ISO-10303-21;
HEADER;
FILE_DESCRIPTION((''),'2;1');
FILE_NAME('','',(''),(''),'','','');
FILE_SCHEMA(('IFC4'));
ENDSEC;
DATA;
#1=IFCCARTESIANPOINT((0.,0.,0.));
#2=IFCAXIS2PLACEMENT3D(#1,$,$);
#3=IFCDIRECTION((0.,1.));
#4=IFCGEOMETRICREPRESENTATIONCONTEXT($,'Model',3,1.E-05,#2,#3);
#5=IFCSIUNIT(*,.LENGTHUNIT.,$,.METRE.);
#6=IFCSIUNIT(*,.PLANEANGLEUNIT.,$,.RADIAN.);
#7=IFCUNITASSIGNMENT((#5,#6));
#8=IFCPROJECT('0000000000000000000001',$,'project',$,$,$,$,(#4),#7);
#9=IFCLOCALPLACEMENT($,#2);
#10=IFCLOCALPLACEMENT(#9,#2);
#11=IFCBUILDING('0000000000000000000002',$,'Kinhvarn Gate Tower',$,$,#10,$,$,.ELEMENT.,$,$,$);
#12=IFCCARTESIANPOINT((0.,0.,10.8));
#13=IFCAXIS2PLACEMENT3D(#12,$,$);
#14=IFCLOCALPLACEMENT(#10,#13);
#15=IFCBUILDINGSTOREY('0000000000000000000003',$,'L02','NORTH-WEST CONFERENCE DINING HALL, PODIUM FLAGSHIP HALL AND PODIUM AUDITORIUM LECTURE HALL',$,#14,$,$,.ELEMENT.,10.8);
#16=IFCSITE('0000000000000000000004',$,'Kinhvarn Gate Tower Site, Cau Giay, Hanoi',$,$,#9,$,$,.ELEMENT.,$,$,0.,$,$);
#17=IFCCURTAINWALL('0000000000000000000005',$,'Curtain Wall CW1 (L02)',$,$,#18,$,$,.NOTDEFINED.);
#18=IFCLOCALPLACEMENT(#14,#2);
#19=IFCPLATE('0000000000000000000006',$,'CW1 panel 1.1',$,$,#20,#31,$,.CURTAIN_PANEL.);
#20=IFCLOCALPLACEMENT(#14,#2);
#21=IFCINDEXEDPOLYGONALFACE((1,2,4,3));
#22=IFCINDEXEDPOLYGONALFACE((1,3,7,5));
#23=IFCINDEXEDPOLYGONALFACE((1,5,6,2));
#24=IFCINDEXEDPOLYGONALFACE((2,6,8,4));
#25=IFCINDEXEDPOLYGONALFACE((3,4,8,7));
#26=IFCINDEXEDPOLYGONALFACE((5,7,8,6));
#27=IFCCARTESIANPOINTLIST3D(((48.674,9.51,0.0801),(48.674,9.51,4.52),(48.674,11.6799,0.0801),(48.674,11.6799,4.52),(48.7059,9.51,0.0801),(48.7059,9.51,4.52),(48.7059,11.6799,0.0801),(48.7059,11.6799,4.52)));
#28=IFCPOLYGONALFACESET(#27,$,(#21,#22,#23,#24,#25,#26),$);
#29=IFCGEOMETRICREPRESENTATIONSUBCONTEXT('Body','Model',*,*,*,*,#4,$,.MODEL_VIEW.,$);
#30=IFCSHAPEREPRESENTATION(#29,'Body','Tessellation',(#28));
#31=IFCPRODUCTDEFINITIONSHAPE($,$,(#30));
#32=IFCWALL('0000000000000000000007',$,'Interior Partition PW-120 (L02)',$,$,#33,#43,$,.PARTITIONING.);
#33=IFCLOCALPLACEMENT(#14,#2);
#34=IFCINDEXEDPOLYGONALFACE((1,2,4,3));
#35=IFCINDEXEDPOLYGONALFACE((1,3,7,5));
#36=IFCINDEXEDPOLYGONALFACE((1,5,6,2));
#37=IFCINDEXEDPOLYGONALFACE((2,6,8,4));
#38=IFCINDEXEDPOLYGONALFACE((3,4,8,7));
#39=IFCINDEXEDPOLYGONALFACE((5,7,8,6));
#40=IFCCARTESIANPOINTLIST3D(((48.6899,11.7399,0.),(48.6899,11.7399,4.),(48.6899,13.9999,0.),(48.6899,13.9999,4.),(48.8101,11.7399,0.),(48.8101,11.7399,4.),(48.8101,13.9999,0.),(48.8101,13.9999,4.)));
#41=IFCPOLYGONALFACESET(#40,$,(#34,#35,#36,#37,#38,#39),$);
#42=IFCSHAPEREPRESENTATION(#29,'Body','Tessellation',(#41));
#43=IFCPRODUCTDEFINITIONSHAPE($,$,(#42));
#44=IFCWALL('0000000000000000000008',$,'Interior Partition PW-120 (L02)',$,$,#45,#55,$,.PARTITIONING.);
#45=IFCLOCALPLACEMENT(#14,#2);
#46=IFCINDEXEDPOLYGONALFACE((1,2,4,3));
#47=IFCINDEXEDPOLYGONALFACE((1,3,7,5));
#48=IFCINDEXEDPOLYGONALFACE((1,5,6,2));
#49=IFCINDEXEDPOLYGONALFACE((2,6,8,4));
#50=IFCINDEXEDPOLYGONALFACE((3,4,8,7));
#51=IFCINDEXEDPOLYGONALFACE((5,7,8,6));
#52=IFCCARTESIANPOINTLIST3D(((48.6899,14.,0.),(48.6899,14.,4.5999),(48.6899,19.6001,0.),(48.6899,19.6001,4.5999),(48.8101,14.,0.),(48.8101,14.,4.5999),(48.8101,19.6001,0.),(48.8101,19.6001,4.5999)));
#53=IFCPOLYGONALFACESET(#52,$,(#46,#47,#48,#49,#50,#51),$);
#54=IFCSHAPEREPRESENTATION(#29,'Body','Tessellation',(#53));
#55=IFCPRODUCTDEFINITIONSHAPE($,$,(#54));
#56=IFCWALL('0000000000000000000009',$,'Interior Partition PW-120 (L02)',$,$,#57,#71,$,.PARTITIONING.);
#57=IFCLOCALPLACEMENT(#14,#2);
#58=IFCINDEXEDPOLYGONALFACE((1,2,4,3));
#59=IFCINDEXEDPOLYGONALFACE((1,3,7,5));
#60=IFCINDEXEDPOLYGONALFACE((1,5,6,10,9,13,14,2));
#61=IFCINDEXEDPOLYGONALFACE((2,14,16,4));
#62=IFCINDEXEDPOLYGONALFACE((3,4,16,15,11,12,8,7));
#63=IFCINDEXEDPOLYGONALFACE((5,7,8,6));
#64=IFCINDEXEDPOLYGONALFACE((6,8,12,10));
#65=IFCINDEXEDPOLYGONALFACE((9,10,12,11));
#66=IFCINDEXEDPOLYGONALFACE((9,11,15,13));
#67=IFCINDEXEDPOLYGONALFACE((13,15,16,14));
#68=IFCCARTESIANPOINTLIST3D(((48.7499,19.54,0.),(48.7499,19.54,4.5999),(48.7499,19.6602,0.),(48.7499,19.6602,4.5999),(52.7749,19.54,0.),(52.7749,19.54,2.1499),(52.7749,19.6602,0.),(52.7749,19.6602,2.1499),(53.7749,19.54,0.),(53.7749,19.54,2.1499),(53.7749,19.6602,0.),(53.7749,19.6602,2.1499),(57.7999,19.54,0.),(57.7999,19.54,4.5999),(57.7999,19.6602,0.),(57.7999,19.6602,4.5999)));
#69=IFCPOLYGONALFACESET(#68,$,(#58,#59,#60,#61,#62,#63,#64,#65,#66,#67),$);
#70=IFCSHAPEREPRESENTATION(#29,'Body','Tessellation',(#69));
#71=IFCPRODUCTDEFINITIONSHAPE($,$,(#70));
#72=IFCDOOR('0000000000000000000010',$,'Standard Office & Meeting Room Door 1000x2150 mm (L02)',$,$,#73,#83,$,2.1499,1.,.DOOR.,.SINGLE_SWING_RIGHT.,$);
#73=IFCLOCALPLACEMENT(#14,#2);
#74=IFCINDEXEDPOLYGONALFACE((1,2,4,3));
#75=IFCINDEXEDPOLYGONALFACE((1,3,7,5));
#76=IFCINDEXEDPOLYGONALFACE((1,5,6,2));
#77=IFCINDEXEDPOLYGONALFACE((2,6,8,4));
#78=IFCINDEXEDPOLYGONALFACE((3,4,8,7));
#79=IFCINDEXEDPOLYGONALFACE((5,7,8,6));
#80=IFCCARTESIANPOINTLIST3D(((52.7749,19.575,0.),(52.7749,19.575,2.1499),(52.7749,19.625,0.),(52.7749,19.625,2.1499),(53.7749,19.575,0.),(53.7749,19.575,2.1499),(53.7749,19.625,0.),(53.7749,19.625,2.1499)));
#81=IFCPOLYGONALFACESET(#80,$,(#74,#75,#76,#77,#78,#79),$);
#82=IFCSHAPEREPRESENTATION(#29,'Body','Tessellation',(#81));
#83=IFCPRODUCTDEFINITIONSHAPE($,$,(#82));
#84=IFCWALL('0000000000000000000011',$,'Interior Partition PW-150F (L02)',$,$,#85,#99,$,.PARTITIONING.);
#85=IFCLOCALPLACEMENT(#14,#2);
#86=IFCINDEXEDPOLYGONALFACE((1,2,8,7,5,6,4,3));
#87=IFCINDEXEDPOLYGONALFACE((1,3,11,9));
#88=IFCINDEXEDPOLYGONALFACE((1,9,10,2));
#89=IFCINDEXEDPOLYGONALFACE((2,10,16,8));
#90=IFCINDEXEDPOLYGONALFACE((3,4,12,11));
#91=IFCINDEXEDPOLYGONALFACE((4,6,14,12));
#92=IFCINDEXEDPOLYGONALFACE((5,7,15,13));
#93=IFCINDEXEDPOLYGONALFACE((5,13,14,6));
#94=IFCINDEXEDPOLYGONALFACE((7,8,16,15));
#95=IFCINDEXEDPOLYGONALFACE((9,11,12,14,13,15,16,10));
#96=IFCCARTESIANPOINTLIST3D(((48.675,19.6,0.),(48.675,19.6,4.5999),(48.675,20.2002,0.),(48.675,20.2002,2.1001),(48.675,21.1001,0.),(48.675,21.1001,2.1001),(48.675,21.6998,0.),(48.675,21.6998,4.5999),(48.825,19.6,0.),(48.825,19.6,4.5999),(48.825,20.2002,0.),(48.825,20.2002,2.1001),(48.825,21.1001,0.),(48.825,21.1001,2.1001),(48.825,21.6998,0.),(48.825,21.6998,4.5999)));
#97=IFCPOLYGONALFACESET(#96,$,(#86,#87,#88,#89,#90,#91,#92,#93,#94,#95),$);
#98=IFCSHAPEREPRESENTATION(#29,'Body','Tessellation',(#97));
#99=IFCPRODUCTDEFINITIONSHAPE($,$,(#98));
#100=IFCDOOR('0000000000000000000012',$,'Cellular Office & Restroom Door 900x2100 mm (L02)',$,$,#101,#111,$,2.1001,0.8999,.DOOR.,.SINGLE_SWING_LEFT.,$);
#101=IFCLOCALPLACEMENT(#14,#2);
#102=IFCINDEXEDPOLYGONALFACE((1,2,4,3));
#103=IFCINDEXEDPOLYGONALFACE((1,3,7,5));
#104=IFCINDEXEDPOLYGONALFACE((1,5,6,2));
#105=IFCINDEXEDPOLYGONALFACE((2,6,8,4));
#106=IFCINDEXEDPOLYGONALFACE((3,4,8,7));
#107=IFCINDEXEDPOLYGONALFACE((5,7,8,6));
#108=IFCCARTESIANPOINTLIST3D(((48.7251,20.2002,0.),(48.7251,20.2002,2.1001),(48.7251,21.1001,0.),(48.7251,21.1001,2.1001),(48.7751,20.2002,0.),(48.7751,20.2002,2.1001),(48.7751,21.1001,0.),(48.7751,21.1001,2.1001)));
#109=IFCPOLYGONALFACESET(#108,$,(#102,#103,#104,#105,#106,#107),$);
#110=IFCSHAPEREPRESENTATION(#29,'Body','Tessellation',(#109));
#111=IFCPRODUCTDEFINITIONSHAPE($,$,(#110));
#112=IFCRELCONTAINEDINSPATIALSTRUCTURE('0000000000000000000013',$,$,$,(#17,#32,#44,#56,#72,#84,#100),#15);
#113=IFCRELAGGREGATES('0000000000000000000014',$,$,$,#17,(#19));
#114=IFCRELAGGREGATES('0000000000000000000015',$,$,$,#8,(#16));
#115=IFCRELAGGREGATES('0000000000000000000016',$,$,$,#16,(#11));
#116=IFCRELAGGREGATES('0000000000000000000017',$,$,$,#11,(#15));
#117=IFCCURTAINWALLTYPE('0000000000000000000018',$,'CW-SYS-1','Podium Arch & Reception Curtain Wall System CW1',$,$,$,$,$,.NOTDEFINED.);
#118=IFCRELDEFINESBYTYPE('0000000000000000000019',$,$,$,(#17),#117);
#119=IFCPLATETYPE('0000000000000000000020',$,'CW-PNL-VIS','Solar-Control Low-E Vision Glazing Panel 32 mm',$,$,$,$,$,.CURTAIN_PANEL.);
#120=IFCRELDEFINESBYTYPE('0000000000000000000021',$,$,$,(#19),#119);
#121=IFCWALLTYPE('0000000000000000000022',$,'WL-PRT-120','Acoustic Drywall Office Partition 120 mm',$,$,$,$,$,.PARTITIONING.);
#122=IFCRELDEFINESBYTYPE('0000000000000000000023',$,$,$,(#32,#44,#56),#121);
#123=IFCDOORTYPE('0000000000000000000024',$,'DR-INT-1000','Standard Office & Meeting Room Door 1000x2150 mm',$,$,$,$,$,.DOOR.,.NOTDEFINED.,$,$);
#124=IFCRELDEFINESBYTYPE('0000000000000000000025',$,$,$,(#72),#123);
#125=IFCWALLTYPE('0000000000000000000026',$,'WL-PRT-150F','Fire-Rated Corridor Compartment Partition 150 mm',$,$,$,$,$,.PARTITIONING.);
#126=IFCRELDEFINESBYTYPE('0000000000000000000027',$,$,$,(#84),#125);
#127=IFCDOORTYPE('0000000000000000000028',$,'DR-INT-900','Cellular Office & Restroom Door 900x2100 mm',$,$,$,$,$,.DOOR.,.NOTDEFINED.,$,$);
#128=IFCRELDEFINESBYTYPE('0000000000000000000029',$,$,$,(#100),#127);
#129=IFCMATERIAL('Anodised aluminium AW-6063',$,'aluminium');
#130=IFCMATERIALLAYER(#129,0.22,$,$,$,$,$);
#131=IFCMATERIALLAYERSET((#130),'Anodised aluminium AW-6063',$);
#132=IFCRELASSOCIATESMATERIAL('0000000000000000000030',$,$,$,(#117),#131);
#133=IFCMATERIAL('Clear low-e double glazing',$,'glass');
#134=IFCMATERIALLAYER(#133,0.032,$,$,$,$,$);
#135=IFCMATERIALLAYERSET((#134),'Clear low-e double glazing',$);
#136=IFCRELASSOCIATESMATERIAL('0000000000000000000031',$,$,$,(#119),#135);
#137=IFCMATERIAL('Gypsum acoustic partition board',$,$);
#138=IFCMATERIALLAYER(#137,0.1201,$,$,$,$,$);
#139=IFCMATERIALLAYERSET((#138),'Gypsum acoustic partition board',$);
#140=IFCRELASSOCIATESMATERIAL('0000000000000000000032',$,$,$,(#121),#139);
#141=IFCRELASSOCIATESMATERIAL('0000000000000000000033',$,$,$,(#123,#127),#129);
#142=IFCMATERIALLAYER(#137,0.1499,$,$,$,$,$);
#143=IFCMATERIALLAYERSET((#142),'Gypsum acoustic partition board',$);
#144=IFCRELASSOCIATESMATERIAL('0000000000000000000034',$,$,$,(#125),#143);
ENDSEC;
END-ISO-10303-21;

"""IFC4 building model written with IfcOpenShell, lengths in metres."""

from ifc_helpers import new_model, si_unit, direction, frame, frame_2d, origin, origin_2d, place, context, subcontext, project, spatial, rectangle, extrude, material, layer, layer_set, type_object, element, fill, aggregate, save


model = new_model("IFC4")

# Units and contexts
model_context = context("Model", 3, precision=1e-05, world=origin(), true_north=direction((0.0, 1.0)))
body_context = subcontext(model_context, "Body", "Model", "MODEL_VIEW")
ifc_project = project(units=[si_unit("LENGTHUNIT", "METRE"), si_unit("PLANEANGLEUNIT", "RADIAN")], contexts=[model_context])

# Site, building, storey
site_placement = place(None, origin())
site = spatial("IfcSite", under=ifc_project, at=site_placement, Name="Kinhvarn Gate Tower Site, Cau Giay, Hanoi", CompositionType="ELEMENT", RefElevation=0.0)
building_placement = place(site_placement, origin())
building = spatial("IfcBuilding", under=site, at=building_placement, Name="Kinhvarn Gate Tower", CompositionType="ELEMENT")
storey_placement = place(building_placement, frame((0.0, 0.0, 10.8)))
storey = spatial("IfcBuildingStorey", under=building, at=storey_placement, Name="L02", Description="NORTH-WEST CONFERENCE DINING HALL, PODIUM FLAGSHIP HALL AND PODIUM AUDITORIUM LECTURE HALL", CompositionType="ELEMENT", Elevation=10.8)

# Shared definitions
ifc_material_1 = material(Name="Anodised aluminium AW-6063", Category="aluminium")
ifc_layer_1 = layer(ifc_material_1, 0.22)
ifc_layer_set_1 = layer_set([ifc_layer_1], Name="Anodised aluminium AW-6063")
curtain_wall_type = type_object("IfcCurtainWallType", Name="CW-SYS-1", Description="Podium Arch & Reception Curtain Wall System CW1", PredefinedType="NOTDEFINED", material=ifc_layer_set_1)

# Curtain wall
curtain_wall_1_placement = place(storey_placement, origin())
curtain_wall_1 = element("IfcCurtainWall", 1, at=curtain_wall_1_placement, inside=storey, type_object=curtain_wall_type, Name="Curtain Wall CW1 (L02)", PredefinedType="NOTDEFINED")

# Plate
ifc_material_2 = material(Name="Clear low-e double glazing", Category="glass")
ifc_layer_2 = layer(ifc_material_2, 0.032)
ifc_layer_set_2 = layer_set([ifc_layer_2], Name="Clear low-e double glazing")
plate_type = type_object("IfcPlateType", Name="CW-PNL-VIS", Description="Solar-Control Low-E Vision Glazing Panel 32 mm", PredefinedType="CURTAIN_PANEL", material=ifc_layer_set_2)
plate_1_placement = place(storey_placement, frame((48.6899, 10.595, 0.0801), z_axis=(0.0, 0.0, 1.0), x_axis=(0.0, -1.0, 0.0)))
plate_1 = element("IfcPlate", 2, at=plate_1_placement, type_object=plate_type, Name="CW1 panel 1.1", PredefinedType="CURTAIN_PANEL", context=body_context, shape_type="SweptSolid", body=[
    extrude(rectangle(XDim=2.1699, YDim=0.032, at=origin_2d()), origin(), (0.0, 0.0, 1.0), 4.4399),
])
aggregate(curtain_wall_1, [plate_1])

# Walls
ifc_material_3 = material(Name="Gypsum acoustic partition board")
ifc_layer_3 = layer(ifc_material_3, 0.1201)
ifc_layer_set_3 = layer_set([ifc_layer_3], Name="Gypsum acoustic partition board")
wall_type_1 = type_object("IfcWallType", Name="WL-PRT-120", Description="Acoustic Drywall Office Partition 120 mm", PredefinedType="PARTITIONING", material=ifc_layer_set_3)
wall_1_placement = place(storey_placement, frame((48.75, 11.74, 0.0), z_axis=(0.0, 0.0, 1.0), x_axis=(0.0, 1.0, 0.0)))
element("IfcWall", 3, at=wall_1_placement, inside=storey, type_object=wall_type_1, Name="Interior Partition PW-120 (L02)", PredefinedType="PARTITIONING", context=body_context, shape_type="SweptSolid", body=[
    extrude(rectangle(XDim=2.26, YDim=0.1201, at=frame_2d((1.1299, 0.0))), origin(), (0.0, 0.0, 1.0), 4.0),
])
wall_2_placement = place(storey_placement, frame((48.75, 14.0, 0.0), z_axis=(0.0, 0.0, 1.0), x_axis=(0.0, 1.0, 0.0)))
element("IfcWall", 4, at=wall_2_placement, inside=storey, type_object=wall_type_1, Name="Interior Partition PW-120 (L02)", PredefinedType="PARTITIONING", context=body_context, shape_type="SweptSolid", body=[
    extrude(rectangle(XDim=5.6001, YDim=0.1201, at=frame_2d((2.8, 0.0))), origin(), (0.0, 0.0, 1.0), 4.5999),
])

# Walls, openings, doors
wall_3_placement = place(storey_placement, frame((48.75, 19.6001, 0.0), z_axis=(0.0, 0.0, 1.0), x_axis=(1.0, 0.0, 0.0)))
wall_3 = element("IfcWall", 5, at=wall_3_placement, inside=storey, type_object=wall_type_1, Name="Interior Partition PW-120 (L02)", PredefinedType="PARTITIONING", context=body_context, shape_type="SweptSolid", body=[
    extrude(rectangle(XDim=9.05, YDim=0.1201, at=frame_2d((4.5249, 0.0))), origin(), (0.0, 0.0, 1.0), 4.5999),
])
opening_1_placement = place(wall_3_placement, frame((4.0249, 0.0, 0.0)))
opening_1 = element("IfcOpeningElement", 6, at=opening_1_placement, cuts=wall_3, PredefinedType="OPENING", context=body_context, shape_type="SweptSolid", body=[
    extrude(rectangle(XDim=1.0, YDim=2.1499, at=frame_2d((0.5, 1.075))), frame((0.0, 0.0701, 0.0), z_axis=(0.0, -1.0, 0.0), x_axis=(1.0, 0.0, 0.0)), (0.0, 0.0, 1.0), 0.1401),
])
door_type_1 = type_object("IfcDoorType", Name="DR-INT-1000", Description="Standard Office & Meeting Room Door 1000x2150 mm", OperationType="NOTDEFINED", PredefinedType="DOOR", material=ifc_material_1)
door_1_placement = place(opening_1_placement, origin())
door_1 = element("IfcDoor", 7, at=door_1_placement, inside=storey, type_object=door_type_1, Name="Standard Office & Meeting Room Door 1000x2150 mm (L02)", OperationType="SINGLE_SWING_RIGHT", OverallHeight=2.1499, OverallWidth=1.0, PredefinedType="DOOR", context=body_context, shape_type="SweptSolid", body=[
    extrude(rectangle(XDim=1.0, YDim=2.1499, at=frame_2d((0.5, 1.075))), frame((0.0, 0.0249, 0.0), z_axis=(0.0, -1.0, 0.0), x_axis=(1.0, 0.0, 0.0)), (0.0, 0.0, 1.0), 0.05),
])
fill(opening_1, door_1)
ifc_layer_4 = layer(ifc_material_3, 0.1499)
ifc_layer_set_4 = layer_set([ifc_layer_4], Name="Gypsum acoustic partition board")
wall_type_2 = type_object("IfcWallType", Name="WL-PRT-150F", Description="Fire-Rated Corridor Compartment Partition 150 mm", PredefinedType="PARTITIONING", material=ifc_layer_set_4)
wall_4_placement = place(storey_placement, frame((48.75, 19.6001, 0.0), z_axis=(0.0, 0.0, 1.0), x_axis=(0.0, 1.0, 0.0)))
wall_4 = element("IfcWall", 8, at=wall_4_placement, inside=storey, type_object=wall_type_2, Name="Interior Partition PW-150F (L02)", PredefinedType="PARTITIONING", context=body_context, shape_type="SweptSolid", body=[
    extrude(rectangle(XDim=2.0999, YDim=0.1499, at=frame_2d((1.0498, 0.0))), origin(), (0.0, 0.0, 1.0), 4.5999),
])
opening_2_placement = place(wall_4_placement, frame((0.6001, 0.0, 0.0)))
opening_2 = element("IfcOpeningElement", 9, at=opening_2_placement, cuts=wall_4, PredefinedType="OPENING", context=body_context, shape_type="SweptSolid", body=[
    extrude(rectangle(XDim=0.8999, YDim=2.1001, at=frame_2d((0.45, 1.05))), frame((0.0, 0.085, 0.0), z_axis=(0.0, -1.0, 0.0), x_axis=(1.0, 0.0, 0.0)), (0.0, 0.0, 1.0), 0.1699),
])
door_type_2 = type_object("IfcDoorType", Name="DR-INT-900", Description="Cellular Office & Restroom Door 900x2100 mm", OperationType="NOTDEFINED", PredefinedType="DOOR", material=ifc_material_1)
door_2_placement = place(opening_2_placement, origin())
door_2 = element("IfcDoor", 10, at=door_2_placement, inside=storey, type_object=door_type_2, Name="Cellular Office & Restroom Door 900x2100 mm (L02)", OperationType="SINGLE_SWING_LEFT", OverallHeight=2.1001, OverallWidth=0.8999, PredefinedType="DOOR", context=body_context, shape_type="SweptSolid", body=[
    extrude(rectangle(XDim=0.8999, YDim=2.1001, at=frame_2d((0.45, 1.05))), frame((0.0, 0.0249, 0.0), z_axis=(0.0, -1.0, 0.0), x_axis=(1.0, 0.0, 0.0)), (0.0, 0.0, 1.0), 0.05),
])
fill(opening_2, door_2)

save(model, "model.ifc")
